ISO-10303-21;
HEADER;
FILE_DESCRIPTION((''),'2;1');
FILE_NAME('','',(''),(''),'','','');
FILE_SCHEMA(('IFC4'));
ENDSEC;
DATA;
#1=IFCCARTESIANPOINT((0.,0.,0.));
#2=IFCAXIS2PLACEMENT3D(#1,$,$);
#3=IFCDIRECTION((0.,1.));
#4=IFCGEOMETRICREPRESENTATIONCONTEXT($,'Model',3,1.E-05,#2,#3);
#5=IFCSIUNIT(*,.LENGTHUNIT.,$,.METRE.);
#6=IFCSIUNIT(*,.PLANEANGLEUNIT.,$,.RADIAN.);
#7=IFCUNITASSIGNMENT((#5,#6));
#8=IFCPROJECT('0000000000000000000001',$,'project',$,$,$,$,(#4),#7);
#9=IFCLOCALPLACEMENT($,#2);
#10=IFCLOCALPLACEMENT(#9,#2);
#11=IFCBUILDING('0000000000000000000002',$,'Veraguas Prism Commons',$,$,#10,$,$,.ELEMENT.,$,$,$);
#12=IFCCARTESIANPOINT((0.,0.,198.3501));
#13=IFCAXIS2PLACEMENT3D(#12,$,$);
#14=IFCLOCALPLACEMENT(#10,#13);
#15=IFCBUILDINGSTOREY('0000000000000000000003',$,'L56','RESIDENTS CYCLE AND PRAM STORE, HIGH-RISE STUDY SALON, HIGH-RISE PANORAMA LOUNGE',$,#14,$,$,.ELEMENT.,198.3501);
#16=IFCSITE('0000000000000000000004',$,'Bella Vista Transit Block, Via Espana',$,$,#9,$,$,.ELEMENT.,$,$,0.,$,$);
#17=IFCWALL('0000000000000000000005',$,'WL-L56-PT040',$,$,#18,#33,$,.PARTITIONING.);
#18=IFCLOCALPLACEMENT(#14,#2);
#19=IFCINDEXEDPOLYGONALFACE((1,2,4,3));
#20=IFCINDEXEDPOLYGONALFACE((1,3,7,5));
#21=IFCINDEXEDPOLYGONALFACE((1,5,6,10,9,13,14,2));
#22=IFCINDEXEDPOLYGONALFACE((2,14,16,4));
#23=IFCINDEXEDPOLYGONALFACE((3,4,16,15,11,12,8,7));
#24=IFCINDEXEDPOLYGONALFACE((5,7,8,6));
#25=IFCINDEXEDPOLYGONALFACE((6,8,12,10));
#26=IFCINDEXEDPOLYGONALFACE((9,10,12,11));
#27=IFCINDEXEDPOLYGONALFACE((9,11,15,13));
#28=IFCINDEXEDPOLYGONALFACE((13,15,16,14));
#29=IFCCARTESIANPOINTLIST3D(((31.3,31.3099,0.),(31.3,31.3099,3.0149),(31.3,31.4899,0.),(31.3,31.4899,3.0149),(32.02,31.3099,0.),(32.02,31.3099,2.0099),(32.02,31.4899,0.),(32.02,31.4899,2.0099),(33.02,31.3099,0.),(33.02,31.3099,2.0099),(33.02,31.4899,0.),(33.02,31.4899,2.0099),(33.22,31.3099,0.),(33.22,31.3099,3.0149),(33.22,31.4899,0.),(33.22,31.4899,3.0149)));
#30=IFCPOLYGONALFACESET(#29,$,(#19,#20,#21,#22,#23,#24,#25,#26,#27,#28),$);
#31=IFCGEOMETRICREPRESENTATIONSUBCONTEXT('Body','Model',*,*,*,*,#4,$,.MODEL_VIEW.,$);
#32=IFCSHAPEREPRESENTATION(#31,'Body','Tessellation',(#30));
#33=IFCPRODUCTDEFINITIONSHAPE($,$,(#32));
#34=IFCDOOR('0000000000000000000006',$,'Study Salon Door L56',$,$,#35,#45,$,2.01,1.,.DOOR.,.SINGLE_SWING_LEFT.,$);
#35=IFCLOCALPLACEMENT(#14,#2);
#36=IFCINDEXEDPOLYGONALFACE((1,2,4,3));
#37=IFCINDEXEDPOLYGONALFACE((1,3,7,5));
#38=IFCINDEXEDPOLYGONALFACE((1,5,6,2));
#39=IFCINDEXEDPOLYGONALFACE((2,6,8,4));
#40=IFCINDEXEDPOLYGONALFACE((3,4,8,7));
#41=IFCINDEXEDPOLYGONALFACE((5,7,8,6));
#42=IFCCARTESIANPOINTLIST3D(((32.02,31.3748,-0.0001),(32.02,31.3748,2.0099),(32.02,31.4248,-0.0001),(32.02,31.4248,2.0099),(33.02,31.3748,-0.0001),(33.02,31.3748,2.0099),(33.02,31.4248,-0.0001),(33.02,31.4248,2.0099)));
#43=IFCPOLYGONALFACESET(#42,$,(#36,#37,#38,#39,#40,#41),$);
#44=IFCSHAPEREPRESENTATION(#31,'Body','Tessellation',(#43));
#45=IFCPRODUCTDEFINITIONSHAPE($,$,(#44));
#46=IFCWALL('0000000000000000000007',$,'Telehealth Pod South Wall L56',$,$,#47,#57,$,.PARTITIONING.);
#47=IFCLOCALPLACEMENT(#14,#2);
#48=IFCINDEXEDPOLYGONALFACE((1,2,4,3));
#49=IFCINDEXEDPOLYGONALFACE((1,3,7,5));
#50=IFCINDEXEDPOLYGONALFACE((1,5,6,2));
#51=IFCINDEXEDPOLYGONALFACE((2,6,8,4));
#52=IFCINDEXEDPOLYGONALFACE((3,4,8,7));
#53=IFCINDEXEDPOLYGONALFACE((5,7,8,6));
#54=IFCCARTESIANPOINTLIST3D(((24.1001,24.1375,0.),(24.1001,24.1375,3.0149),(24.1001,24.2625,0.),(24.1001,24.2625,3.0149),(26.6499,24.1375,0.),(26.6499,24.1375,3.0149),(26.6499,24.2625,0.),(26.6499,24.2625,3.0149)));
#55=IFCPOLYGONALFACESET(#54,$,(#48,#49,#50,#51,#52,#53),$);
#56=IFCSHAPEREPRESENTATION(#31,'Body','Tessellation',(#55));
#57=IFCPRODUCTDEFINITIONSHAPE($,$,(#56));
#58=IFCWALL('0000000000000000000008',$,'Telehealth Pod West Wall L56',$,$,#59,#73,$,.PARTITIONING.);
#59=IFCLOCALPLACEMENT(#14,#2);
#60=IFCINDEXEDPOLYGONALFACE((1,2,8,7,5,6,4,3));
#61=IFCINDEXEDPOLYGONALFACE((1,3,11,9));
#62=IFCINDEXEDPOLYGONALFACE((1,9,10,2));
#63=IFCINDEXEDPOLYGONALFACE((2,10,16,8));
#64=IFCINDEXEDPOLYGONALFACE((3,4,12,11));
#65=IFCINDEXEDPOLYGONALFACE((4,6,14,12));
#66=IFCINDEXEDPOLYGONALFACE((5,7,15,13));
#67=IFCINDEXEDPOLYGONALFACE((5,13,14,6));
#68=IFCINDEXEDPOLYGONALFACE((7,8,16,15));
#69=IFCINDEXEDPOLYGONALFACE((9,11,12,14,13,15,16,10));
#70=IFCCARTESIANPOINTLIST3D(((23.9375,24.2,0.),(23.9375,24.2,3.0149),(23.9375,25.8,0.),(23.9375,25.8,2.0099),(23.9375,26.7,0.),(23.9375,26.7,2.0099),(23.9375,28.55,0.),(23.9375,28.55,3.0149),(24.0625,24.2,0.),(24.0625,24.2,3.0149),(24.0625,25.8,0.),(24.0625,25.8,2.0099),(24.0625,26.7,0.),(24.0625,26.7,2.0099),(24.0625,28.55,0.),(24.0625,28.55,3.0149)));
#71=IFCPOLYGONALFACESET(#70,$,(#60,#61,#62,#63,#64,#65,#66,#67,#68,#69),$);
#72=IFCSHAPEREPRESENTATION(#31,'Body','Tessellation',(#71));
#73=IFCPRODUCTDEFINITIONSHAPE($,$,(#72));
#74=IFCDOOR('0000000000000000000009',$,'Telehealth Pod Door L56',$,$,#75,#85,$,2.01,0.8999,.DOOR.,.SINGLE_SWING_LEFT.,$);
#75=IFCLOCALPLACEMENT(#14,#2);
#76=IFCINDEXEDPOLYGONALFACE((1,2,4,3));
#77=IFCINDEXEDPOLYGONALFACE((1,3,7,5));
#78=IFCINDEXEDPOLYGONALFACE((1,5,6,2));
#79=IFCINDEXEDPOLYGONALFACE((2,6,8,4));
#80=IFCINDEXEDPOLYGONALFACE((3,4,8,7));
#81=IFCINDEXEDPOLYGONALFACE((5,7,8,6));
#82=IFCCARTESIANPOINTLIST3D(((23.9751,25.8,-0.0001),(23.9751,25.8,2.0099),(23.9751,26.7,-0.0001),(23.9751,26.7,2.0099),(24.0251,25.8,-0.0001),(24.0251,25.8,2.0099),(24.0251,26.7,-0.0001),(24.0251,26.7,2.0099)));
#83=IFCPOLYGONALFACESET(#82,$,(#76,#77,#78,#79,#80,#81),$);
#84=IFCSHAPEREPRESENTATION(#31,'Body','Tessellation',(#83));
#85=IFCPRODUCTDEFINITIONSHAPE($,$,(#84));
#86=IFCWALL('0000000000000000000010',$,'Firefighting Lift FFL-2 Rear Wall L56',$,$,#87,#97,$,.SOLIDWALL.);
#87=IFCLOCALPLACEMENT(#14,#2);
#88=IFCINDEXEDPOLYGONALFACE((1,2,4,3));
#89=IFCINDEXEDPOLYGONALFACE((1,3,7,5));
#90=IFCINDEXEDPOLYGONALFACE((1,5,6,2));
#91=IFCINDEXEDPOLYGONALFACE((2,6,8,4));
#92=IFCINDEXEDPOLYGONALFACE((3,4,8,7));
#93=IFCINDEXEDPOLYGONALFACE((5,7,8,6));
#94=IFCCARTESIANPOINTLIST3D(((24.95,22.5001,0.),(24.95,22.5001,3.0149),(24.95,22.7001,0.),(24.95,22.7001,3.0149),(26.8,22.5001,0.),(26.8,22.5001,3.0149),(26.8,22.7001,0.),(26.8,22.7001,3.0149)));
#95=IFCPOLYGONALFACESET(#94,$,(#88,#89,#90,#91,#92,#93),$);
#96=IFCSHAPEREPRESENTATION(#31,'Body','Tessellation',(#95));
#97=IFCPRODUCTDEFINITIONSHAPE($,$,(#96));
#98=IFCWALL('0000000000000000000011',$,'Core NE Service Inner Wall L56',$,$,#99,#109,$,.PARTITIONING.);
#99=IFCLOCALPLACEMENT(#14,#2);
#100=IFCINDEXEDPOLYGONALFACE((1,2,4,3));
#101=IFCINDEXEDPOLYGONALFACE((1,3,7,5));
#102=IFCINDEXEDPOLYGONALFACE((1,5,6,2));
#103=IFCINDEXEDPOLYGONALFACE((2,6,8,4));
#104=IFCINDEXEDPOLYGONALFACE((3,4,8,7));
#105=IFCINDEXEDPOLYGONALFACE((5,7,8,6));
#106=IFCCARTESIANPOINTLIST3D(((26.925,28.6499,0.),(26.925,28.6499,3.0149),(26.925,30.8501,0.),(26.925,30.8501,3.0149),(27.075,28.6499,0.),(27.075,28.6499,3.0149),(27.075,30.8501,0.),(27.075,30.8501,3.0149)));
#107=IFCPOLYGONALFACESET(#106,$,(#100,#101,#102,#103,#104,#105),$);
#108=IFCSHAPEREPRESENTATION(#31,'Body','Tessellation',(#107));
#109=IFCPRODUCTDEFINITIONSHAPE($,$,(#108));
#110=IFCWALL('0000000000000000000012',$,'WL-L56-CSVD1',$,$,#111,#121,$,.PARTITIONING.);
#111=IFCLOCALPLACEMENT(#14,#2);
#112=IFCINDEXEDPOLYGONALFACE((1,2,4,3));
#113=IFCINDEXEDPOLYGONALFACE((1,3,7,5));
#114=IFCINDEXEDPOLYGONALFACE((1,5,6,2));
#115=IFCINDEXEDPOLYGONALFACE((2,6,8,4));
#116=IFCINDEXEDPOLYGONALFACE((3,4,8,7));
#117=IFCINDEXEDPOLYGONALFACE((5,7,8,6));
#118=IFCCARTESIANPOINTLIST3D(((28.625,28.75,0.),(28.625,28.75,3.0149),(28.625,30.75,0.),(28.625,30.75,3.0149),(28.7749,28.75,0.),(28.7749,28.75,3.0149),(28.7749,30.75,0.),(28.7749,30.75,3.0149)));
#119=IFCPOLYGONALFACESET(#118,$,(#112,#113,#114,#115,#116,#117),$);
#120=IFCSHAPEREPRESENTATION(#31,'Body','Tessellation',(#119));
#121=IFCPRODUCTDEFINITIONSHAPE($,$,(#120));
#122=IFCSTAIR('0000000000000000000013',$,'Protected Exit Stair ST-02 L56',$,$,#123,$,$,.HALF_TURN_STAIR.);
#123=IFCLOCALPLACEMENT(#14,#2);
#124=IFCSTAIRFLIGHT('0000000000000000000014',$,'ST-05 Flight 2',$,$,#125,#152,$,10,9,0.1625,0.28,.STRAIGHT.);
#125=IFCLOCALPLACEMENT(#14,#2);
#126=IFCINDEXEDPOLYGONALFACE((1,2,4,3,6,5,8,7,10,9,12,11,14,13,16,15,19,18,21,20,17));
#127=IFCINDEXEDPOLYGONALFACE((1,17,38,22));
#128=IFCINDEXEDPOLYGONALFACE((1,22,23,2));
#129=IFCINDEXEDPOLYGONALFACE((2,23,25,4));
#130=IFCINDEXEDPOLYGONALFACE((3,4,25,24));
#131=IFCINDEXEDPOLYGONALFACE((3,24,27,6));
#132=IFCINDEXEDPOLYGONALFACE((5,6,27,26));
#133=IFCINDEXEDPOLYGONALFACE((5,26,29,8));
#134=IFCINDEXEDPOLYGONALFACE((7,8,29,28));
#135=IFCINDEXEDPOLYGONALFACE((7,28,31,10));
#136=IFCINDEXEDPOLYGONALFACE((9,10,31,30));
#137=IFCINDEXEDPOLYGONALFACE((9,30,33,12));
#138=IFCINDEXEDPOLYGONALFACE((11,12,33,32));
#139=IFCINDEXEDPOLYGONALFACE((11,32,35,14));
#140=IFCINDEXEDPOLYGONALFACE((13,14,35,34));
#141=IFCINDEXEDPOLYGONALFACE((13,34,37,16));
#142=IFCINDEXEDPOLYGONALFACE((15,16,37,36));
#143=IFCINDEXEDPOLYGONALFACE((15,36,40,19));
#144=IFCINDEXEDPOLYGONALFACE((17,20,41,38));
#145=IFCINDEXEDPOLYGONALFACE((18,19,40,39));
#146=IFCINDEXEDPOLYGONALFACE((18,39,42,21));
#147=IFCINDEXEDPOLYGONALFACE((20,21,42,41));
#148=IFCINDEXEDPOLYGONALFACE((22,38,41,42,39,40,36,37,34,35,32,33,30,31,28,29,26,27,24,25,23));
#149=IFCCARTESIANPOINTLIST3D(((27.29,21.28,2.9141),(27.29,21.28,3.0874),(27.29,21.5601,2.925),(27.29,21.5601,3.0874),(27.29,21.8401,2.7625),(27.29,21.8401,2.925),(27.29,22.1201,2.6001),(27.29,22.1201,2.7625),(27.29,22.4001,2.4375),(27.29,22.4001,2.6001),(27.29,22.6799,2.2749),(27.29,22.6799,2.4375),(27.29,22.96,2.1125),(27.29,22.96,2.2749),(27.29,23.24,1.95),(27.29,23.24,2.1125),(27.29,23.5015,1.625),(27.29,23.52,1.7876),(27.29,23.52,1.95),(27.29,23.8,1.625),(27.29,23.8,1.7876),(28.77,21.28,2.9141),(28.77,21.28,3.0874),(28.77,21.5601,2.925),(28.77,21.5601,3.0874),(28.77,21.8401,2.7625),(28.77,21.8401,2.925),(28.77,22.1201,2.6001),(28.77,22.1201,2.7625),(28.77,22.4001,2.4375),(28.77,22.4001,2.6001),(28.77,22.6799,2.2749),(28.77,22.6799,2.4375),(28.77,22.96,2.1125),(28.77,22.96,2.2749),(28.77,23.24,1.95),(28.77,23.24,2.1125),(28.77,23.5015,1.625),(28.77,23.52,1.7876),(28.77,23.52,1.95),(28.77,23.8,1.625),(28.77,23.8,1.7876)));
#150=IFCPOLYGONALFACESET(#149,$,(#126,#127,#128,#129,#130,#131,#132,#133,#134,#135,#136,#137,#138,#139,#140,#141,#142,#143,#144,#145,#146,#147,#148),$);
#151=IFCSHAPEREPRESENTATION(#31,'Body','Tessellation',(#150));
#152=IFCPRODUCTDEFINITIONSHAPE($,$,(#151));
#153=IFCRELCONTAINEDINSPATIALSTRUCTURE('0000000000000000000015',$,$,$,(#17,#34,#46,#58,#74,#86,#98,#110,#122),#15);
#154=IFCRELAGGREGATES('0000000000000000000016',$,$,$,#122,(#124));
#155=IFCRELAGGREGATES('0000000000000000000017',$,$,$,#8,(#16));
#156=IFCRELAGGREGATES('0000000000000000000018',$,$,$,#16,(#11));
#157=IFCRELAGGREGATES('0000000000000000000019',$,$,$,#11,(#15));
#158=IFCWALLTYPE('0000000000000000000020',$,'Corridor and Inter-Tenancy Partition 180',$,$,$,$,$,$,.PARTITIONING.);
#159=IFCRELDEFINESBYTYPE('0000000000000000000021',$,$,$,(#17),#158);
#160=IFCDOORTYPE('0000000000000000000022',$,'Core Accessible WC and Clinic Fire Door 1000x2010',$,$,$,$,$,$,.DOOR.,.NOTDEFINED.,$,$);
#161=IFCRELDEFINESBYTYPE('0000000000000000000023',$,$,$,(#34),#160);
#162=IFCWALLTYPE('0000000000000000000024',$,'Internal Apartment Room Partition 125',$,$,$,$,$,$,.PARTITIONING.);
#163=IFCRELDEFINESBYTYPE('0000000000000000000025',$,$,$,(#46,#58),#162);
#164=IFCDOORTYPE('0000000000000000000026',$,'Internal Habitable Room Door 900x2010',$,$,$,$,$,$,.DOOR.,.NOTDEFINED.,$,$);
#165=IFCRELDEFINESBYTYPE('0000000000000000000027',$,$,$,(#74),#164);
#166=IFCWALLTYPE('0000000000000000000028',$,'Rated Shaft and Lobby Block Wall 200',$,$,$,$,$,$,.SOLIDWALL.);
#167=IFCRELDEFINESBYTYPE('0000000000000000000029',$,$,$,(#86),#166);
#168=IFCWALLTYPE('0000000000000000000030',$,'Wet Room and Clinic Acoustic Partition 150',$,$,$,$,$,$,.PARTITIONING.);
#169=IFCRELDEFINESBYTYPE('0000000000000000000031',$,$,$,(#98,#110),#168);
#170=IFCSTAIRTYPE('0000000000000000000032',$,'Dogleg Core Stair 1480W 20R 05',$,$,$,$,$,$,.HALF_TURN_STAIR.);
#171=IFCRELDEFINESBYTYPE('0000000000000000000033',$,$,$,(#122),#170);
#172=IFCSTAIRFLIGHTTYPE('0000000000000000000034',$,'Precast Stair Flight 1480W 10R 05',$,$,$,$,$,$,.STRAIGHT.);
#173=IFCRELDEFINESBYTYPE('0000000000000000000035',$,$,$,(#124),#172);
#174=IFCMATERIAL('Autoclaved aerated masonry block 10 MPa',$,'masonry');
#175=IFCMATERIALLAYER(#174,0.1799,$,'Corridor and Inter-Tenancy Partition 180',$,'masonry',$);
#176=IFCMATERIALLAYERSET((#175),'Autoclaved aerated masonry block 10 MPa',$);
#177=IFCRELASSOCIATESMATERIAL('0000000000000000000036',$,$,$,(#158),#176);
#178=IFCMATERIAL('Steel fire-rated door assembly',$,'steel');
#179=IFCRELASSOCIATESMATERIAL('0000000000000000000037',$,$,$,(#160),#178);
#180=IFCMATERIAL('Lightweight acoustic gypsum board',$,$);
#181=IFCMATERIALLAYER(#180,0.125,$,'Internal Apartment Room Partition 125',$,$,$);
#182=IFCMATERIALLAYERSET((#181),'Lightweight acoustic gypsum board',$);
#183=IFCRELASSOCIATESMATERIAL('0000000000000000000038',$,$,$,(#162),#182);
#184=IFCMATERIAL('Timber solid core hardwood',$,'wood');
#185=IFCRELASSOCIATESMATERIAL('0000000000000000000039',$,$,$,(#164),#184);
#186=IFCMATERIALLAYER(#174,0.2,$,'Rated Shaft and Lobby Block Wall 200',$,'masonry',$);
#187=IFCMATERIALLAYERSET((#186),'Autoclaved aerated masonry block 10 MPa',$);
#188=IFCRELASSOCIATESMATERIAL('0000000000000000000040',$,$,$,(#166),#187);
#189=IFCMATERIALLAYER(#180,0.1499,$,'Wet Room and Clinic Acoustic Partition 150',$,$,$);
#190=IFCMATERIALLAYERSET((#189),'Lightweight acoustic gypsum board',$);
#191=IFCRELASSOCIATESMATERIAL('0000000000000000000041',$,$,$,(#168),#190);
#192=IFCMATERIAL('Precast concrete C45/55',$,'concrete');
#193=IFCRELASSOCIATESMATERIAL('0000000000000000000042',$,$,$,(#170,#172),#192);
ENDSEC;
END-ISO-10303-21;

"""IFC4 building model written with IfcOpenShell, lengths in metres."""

from ifc_helpers import new_model, si_unit, direction, frame, frame_2d, origin, place, context, subcontext, project, spatial, polyline, rectangle, outline, extrude, source, transform, mapped, material, layer, layer_set, type_object, element, fill, aggregate, save


model = new_model("IFC4")

# Units and contexts
model_context = context("Model", 3, precision=1e-05, world=origin(), true_north=direction((0.0, 1.0)))
body_context = subcontext(model_context, "Body", "Model", "MODEL_VIEW")
ifc_project = project(units=[si_unit("LENGTHUNIT", "METRE"), si_unit("PLANEANGLEUNIT", "RADIAN")], contexts=[model_context])

# Site, building, storey
site_placement = place(None, origin())
site = spatial("IfcSite", under=ifc_project, at=site_placement, Name="Bella Vista Transit Block, Via Espana", CompositionType="ELEMENT", RefElevation=0.0)
building_placement = place(site_placement, origin())
building = spatial("IfcBuilding", under=site, at=building_placement, Name="Veraguas Prism Commons", CompositionType="ELEMENT")
storey_placement = place(building_placement, frame((0.0, 0.0, 198.3501)))
storey = spatial("IfcBuildingStorey", under=building, at=storey_placement, Name="L56", Description="RESIDENTS CYCLE AND PRAM STORE, HIGH-RISE STUDY SALON, HIGH-RISE PANORAMA LOUNGE", CompositionType="ELEMENT", Elevation=198.3501)

# Shared definitions
ifc_material_1 = material(Name="Steel fire-rated door assembly", Category="steel")

# Shared definitions
ifc_material_2 = material(Name="Autoclaved aerated masonry block 10 MPa", Category="masonry")
ifc_layer_1 = layer(ifc_material_2, 0.1799, Name="Corridor and Inter-Tenancy Partition 180", Category="masonry")
ifc_layer_set_1 = layer_set([ifc_layer_1], Name="Autoclaved aerated masonry block 10 MPa")
wall_type_1 = type_object("IfcWallType", Name="Corridor and Inter-Tenancy Partition 180", PredefinedType="PARTITIONING", material=ifc_layer_set_1)
shared_shape_1 = source(origin(), body_context, "Body", "SweptSolid", [
    extrude(rectangle(XDim=0.8999, YDim=2.01, at=frame_2d((0.45, 1.0049))), frame((0.0, 0.0249, 0.0), z_axis=(0.0, -1.0, 0.0), x_axis=(1.0, 0.0, 0.0)), (0.0, 0.0, 1.0), 0.05),
])

# Wall, opening, door
wall_1_placement = place(storey_placement, frame((31.3, 31.3999, 0.0), z_axis=(0.0, 0.0, 1.0), x_axis=(1.0, 0.0, 0.0)))
wall_1 = element("IfcWall", 1, at=wall_1_placement, inside=storey, type_object=wall_type_1, Name="WL-L56-PT040", PredefinedType="PARTITIONING", context=body_context, shape_type="SweptSolid", body=[
    extrude(rectangle(XDim=1.9199, YDim=0.1799, at=frame_2d((0.96, 0.0))), origin(), (0.0, 0.0, 1.0), 3.0149),
])
opening_1_placement = place(wall_1_placement, frame((0.72, 0.0, 0.0)))
opening_1 = element("IfcOpeningElement", 2, at=opening_1_placement, cuts=wall_1, PredefinedType="OPENING", context=body_context, shape_type="SweptSolid", body=[
    extrude(rectangle(XDim=1.0, YDim=2.01, at=frame_2d((0.5, 1.0049))), frame((0.0, 0.0999, 0.0), z_axis=(0.0, -1.0, 0.0), x_axis=(1.0, 0.0, 0.0)), (0.0, 0.0, 1.0), 0.2),
])
door_type_1 = type_object("IfcDoorType", Name="Core Accessible WC and Clinic Fire Door 1000x2010", OperationType="NOTDEFINED", PredefinedType="DOOR", material=ifc_material_1)
shared_shape_2 = source(origin(), body_context, "Body", "SweptSolid", [
    extrude(rectangle(XDim=1.0, YDim=2.01, at=frame_2d((0.5, 1.0049))), frame((0.0, 0.0249, 0.0), z_axis=(0.0, -1.0, 0.0), x_axis=(1.0, 0.0, 0.0)), (0.0, 0.0, 1.0), 0.05),
])
door_1_placement = place(opening_1_placement, origin())
door_1 = element("IfcDoor", 3, at=door_1_placement, inside=storey, type_object=door_type_1, Name="Study Salon Door L56", OperationType="SINGLE_SWING_LEFT", OverallHeight=2.01, OverallWidth=1.0, PredefinedType="DOOR", context=body_context, shape_type="MappedRepresentation", body=[
    mapped(shared_shape_2, transform((0.0, 0.0, 0.0), scale=1.0)),
])
fill(opening_1, door_1)

# Wall
ifc_material_3 = material(Name="Lightweight acoustic gypsum board")
ifc_layer_2 = layer(ifc_material_3, 0.125, Name="Internal Apartment Room Partition 125")
ifc_layer_set_2 = layer_set([ifc_layer_2], Name="Lightweight acoustic gypsum board")
wall_type_2 = type_object("IfcWallType", Name="Internal Apartment Room Partition 125", PredefinedType="PARTITIONING", material=ifc_layer_set_2)
wall_2_placement = place(storey_placement, frame((24.1001, 24.2, 0.0), z_axis=(0.0, 0.0, 1.0), x_axis=(1.0, 0.0, 0.0)))
element("IfcWall", 4, at=wall_2_placement, inside=storey, type_object=wall_type_2, Name="Telehealth Pod South Wall L56", PredefinedType="PARTITIONING", context=body_context, shape_type="SweptSolid", body=[
    extrude(rectangle(XDim=2.5498, YDim=0.125, at=frame_2d((1.2749, 0.0))), origin(), (0.0, 0.0, 1.0), 3.0149),
])

# Wall, opening, door
wall_3_placement = place(storey_placement, frame((24.0, 24.2, 0.0), z_axis=(0.0, 0.0, 1.0), x_axis=(0.0, 1.0, 0.0)))
wall_3 = element("IfcWall", 5, at=wall_3_placement, inside=storey, type_object=wall_type_2, Name="Telehealth Pod West Wall L56", PredefinedType="PARTITIONING", context=body_context, shape_type="SweptSolid", body=[
    extrude(rectangle(XDim=4.3501, YDim=0.125, at=frame_2d((2.175, 0.0))), origin(), (0.0, 0.0, 1.0), 3.0149),
])
opening_2_placement = place(wall_3_placement, frame((1.6001, 0.0, 0.0)))
opening_2 = element("IfcOpeningElement", 6, at=opening_2_placement, cuts=wall_3, PredefinedType="OPENING", context=body_context, shape_type="SweptSolid", body=[
    extrude(rectangle(XDim=0.8999, YDim=2.01, at=frame_2d((0.45, 1.0049))), frame((0.0, 0.0725, 0.0), z_axis=(0.0, -1.0, 0.0), x_axis=(1.0, 0.0, 0.0)), (0.0, 0.0, 1.0), 0.145),
])
ifc_material_4 = material(Name="Timber solid core hardwood", Category="wood")
door_type_2 = type_object("IfcDoorType", Name="Internal Habitable Room Door 900x2010", OperationType="NOTDEFINED", PredefinedType="DOOR", material=ifc_material_4)
door_2_placement = place(opening_2_placement, origin())
door_2 = element("IfcDoor", 7, at=door_2_placement, inside=storey, type_object=door_type_2, Name="Telehealth Pod Door L56", OperationType="SINGLE_SWING_LEFT", OverallHeight=2.01, OverallWidth=0.8999, PredefinedType="DOOR", context=body_context, shape_type="MappedRepresentation", body=[
    mapped(shared_shape_1, transform((0.0, 0.0, 0.0), scale=1.0)),
])
fill(opening_2, door_2)

# Walls
ifc_layer_3 = layer(ifc_material_2, 0.2, Name="Rated Shaft and Lobby Block Wall 200", Category="masonry")
ifc_layer_set_3 = layer_set([ifc_layer_3], Name="Autoclaved aerated masonry block 10 MPa")
wall_type_3 = type_object("IfcWallType", Name="Rated Shaft and Lobby Block Wall 200", PredefinedType="SOLIDWALL", material=ifc_layer_set_3)
wall_4_placement = place(storey_placement, frame((24.95, 22.6001, 0.0), z_axis=(0.0, 0.0, 1.0), x_axis=(1.0, 0.0, 0.0)))
element("IfcWall", 8, at=wall_4_placement, inside=storey, type_object=wall_type_3, Name="Firefighting Lift FFL-2 Rear Wall L56", PredefinedType="SOLIDWALL", context=body_context, shape_type="SweptSolid", body=[
    extrude(rectangle(XDim=1.8501, YDim=0.2, at=frame_2d((0.925, 0.0))), origin(), (0.0, 0.0, 1.0), 3.0149),
])
ifc_layer_4 = layer(ifc_material_3, 0.1499, Name="Wet Room and Clinic Acoustic Partition 150")
ifc_layer_set_4 = layer_set([ifc_layer_4], Name="Lightweight acoustic gypsum board")
wall_type_4 = type_object("IfcWallType", Name="Wet Room and Clinic Acoustic Partition 150", PredefinedType="PARTITIONING", material=ifc_layer_set_4)
wall_5_placement = place(storey_placement, frame((27.0, 28.6499, 0.0), z_axis=(0.0, 0.0, 1.0), x_axis=(0.0, 1.0, 0.0)))
element("IfcWall", 9, at=wall_5_placement, inside=storey, type_object=wall_type_4, Name="Core NE Service Inner Wall L56", PredefinedType="PARTITIONING", context=body_context, shape_type="SweptSolid", body=[
    extrude(rectangle(XDim=2.2002, YDim=0.1499, at=frame_2d((1.1001, 0.0))), origin(), (0.0, 0.0, 1.0), 3.0149),
])
wall_6_placement = place(storey_placement, frame((28.7, 28.75, 0.0), z_axis=(0.0, 0.0, 1.0), x_axis=(0.0, 1.0, 0.0)))
element("IfcWall", 10, at=wall_6_placement, inside=storey, type_object=wall_type_4, Name="WL-L56-CSVD1", PredefinedType="PARTITIONING", context=body_context, shape_type="SweptSolid", body=[
    extrude(rectangle(XDim=2.0, YDim=0.1499, at=frame_2d((1.0, 0.0))), origin(), (0.0, 0.0, 1.0), 3.0149),
])

# Stair, stair flight
ifc_material_5 = material(Name="Precast concrete C45/55", Category="concrete")
stair_type = type_object("IfcStairType", Name="Dogleg Core Stair 1480W 20R 05", PredefinedType="HALF_TURN_STAIR", material=ifc_material_5)
stair_placement = place(storey_placement, origin())
stair = element("IfcStair", 11, at=stair_placement, inside=storey, type_object=stair_type, Name="Protected Exit Stair ST-02 L56", PredefinedType="HALF_TURN_STAIR")
stair_flight_type = type_object("IfcStairFlightType", Name="Precast Stair Flight 1480W 10R 05", PredefinedType="STRAIGHT", material=ifc_material_5)
stair_flight_placement = place(storey_placement, frame((28.03, 23.8, 1.625), z_axis=(0.0, 0.0, 1.0), x_axis=(0.0, -1.0, 0.0)))
stair_flight = element("IfcStairFlight", 12, at=stair_flight_placement, type_object=stair_flight_type, Name="ST-05 Flight 2", NumberOfRisers=10, NumberOfTreads=9, PredefinedType="STRAIGHT", RiserHeight=0.1625, TreadLength=0.28, context=body_context, shape_type="SweptSolid", body=[
    extrude(outline(polyline([(0.0, 0.0), (0.0, 0.1626), (0.28, 0.1626), (0.28, 0.325), (0.5601, 0.325), (0.5601, 0.4875), (0.8401, 0.4875), (0.8401, 0.6499), (1.1201, 0.6499), (1.1201, 0.8125), (1.3999, 0.8125), (1.3999, 0.9751), (1.6799, 0.9751), (1.6799, 1.1375), (1.96, 1.1375), (1.96, 1.3), (2.24, 1.3), (2.24, 1.4624), (2.52, 1.4624), (2.52, 1.625), (2.52, 1.2891), (0.2986, 0.0), (0.0, 0.0)])), frame((0.0, 0.74, 0.0), z_axis=(0.0, -1.0, 0.0), x_axis=(1.0, 0.0, 0.0)), (0.0, 0.0, 1.0), 1.48),
])
aggregate(stair, [stair_flight])

save(model, "model.ifc")
